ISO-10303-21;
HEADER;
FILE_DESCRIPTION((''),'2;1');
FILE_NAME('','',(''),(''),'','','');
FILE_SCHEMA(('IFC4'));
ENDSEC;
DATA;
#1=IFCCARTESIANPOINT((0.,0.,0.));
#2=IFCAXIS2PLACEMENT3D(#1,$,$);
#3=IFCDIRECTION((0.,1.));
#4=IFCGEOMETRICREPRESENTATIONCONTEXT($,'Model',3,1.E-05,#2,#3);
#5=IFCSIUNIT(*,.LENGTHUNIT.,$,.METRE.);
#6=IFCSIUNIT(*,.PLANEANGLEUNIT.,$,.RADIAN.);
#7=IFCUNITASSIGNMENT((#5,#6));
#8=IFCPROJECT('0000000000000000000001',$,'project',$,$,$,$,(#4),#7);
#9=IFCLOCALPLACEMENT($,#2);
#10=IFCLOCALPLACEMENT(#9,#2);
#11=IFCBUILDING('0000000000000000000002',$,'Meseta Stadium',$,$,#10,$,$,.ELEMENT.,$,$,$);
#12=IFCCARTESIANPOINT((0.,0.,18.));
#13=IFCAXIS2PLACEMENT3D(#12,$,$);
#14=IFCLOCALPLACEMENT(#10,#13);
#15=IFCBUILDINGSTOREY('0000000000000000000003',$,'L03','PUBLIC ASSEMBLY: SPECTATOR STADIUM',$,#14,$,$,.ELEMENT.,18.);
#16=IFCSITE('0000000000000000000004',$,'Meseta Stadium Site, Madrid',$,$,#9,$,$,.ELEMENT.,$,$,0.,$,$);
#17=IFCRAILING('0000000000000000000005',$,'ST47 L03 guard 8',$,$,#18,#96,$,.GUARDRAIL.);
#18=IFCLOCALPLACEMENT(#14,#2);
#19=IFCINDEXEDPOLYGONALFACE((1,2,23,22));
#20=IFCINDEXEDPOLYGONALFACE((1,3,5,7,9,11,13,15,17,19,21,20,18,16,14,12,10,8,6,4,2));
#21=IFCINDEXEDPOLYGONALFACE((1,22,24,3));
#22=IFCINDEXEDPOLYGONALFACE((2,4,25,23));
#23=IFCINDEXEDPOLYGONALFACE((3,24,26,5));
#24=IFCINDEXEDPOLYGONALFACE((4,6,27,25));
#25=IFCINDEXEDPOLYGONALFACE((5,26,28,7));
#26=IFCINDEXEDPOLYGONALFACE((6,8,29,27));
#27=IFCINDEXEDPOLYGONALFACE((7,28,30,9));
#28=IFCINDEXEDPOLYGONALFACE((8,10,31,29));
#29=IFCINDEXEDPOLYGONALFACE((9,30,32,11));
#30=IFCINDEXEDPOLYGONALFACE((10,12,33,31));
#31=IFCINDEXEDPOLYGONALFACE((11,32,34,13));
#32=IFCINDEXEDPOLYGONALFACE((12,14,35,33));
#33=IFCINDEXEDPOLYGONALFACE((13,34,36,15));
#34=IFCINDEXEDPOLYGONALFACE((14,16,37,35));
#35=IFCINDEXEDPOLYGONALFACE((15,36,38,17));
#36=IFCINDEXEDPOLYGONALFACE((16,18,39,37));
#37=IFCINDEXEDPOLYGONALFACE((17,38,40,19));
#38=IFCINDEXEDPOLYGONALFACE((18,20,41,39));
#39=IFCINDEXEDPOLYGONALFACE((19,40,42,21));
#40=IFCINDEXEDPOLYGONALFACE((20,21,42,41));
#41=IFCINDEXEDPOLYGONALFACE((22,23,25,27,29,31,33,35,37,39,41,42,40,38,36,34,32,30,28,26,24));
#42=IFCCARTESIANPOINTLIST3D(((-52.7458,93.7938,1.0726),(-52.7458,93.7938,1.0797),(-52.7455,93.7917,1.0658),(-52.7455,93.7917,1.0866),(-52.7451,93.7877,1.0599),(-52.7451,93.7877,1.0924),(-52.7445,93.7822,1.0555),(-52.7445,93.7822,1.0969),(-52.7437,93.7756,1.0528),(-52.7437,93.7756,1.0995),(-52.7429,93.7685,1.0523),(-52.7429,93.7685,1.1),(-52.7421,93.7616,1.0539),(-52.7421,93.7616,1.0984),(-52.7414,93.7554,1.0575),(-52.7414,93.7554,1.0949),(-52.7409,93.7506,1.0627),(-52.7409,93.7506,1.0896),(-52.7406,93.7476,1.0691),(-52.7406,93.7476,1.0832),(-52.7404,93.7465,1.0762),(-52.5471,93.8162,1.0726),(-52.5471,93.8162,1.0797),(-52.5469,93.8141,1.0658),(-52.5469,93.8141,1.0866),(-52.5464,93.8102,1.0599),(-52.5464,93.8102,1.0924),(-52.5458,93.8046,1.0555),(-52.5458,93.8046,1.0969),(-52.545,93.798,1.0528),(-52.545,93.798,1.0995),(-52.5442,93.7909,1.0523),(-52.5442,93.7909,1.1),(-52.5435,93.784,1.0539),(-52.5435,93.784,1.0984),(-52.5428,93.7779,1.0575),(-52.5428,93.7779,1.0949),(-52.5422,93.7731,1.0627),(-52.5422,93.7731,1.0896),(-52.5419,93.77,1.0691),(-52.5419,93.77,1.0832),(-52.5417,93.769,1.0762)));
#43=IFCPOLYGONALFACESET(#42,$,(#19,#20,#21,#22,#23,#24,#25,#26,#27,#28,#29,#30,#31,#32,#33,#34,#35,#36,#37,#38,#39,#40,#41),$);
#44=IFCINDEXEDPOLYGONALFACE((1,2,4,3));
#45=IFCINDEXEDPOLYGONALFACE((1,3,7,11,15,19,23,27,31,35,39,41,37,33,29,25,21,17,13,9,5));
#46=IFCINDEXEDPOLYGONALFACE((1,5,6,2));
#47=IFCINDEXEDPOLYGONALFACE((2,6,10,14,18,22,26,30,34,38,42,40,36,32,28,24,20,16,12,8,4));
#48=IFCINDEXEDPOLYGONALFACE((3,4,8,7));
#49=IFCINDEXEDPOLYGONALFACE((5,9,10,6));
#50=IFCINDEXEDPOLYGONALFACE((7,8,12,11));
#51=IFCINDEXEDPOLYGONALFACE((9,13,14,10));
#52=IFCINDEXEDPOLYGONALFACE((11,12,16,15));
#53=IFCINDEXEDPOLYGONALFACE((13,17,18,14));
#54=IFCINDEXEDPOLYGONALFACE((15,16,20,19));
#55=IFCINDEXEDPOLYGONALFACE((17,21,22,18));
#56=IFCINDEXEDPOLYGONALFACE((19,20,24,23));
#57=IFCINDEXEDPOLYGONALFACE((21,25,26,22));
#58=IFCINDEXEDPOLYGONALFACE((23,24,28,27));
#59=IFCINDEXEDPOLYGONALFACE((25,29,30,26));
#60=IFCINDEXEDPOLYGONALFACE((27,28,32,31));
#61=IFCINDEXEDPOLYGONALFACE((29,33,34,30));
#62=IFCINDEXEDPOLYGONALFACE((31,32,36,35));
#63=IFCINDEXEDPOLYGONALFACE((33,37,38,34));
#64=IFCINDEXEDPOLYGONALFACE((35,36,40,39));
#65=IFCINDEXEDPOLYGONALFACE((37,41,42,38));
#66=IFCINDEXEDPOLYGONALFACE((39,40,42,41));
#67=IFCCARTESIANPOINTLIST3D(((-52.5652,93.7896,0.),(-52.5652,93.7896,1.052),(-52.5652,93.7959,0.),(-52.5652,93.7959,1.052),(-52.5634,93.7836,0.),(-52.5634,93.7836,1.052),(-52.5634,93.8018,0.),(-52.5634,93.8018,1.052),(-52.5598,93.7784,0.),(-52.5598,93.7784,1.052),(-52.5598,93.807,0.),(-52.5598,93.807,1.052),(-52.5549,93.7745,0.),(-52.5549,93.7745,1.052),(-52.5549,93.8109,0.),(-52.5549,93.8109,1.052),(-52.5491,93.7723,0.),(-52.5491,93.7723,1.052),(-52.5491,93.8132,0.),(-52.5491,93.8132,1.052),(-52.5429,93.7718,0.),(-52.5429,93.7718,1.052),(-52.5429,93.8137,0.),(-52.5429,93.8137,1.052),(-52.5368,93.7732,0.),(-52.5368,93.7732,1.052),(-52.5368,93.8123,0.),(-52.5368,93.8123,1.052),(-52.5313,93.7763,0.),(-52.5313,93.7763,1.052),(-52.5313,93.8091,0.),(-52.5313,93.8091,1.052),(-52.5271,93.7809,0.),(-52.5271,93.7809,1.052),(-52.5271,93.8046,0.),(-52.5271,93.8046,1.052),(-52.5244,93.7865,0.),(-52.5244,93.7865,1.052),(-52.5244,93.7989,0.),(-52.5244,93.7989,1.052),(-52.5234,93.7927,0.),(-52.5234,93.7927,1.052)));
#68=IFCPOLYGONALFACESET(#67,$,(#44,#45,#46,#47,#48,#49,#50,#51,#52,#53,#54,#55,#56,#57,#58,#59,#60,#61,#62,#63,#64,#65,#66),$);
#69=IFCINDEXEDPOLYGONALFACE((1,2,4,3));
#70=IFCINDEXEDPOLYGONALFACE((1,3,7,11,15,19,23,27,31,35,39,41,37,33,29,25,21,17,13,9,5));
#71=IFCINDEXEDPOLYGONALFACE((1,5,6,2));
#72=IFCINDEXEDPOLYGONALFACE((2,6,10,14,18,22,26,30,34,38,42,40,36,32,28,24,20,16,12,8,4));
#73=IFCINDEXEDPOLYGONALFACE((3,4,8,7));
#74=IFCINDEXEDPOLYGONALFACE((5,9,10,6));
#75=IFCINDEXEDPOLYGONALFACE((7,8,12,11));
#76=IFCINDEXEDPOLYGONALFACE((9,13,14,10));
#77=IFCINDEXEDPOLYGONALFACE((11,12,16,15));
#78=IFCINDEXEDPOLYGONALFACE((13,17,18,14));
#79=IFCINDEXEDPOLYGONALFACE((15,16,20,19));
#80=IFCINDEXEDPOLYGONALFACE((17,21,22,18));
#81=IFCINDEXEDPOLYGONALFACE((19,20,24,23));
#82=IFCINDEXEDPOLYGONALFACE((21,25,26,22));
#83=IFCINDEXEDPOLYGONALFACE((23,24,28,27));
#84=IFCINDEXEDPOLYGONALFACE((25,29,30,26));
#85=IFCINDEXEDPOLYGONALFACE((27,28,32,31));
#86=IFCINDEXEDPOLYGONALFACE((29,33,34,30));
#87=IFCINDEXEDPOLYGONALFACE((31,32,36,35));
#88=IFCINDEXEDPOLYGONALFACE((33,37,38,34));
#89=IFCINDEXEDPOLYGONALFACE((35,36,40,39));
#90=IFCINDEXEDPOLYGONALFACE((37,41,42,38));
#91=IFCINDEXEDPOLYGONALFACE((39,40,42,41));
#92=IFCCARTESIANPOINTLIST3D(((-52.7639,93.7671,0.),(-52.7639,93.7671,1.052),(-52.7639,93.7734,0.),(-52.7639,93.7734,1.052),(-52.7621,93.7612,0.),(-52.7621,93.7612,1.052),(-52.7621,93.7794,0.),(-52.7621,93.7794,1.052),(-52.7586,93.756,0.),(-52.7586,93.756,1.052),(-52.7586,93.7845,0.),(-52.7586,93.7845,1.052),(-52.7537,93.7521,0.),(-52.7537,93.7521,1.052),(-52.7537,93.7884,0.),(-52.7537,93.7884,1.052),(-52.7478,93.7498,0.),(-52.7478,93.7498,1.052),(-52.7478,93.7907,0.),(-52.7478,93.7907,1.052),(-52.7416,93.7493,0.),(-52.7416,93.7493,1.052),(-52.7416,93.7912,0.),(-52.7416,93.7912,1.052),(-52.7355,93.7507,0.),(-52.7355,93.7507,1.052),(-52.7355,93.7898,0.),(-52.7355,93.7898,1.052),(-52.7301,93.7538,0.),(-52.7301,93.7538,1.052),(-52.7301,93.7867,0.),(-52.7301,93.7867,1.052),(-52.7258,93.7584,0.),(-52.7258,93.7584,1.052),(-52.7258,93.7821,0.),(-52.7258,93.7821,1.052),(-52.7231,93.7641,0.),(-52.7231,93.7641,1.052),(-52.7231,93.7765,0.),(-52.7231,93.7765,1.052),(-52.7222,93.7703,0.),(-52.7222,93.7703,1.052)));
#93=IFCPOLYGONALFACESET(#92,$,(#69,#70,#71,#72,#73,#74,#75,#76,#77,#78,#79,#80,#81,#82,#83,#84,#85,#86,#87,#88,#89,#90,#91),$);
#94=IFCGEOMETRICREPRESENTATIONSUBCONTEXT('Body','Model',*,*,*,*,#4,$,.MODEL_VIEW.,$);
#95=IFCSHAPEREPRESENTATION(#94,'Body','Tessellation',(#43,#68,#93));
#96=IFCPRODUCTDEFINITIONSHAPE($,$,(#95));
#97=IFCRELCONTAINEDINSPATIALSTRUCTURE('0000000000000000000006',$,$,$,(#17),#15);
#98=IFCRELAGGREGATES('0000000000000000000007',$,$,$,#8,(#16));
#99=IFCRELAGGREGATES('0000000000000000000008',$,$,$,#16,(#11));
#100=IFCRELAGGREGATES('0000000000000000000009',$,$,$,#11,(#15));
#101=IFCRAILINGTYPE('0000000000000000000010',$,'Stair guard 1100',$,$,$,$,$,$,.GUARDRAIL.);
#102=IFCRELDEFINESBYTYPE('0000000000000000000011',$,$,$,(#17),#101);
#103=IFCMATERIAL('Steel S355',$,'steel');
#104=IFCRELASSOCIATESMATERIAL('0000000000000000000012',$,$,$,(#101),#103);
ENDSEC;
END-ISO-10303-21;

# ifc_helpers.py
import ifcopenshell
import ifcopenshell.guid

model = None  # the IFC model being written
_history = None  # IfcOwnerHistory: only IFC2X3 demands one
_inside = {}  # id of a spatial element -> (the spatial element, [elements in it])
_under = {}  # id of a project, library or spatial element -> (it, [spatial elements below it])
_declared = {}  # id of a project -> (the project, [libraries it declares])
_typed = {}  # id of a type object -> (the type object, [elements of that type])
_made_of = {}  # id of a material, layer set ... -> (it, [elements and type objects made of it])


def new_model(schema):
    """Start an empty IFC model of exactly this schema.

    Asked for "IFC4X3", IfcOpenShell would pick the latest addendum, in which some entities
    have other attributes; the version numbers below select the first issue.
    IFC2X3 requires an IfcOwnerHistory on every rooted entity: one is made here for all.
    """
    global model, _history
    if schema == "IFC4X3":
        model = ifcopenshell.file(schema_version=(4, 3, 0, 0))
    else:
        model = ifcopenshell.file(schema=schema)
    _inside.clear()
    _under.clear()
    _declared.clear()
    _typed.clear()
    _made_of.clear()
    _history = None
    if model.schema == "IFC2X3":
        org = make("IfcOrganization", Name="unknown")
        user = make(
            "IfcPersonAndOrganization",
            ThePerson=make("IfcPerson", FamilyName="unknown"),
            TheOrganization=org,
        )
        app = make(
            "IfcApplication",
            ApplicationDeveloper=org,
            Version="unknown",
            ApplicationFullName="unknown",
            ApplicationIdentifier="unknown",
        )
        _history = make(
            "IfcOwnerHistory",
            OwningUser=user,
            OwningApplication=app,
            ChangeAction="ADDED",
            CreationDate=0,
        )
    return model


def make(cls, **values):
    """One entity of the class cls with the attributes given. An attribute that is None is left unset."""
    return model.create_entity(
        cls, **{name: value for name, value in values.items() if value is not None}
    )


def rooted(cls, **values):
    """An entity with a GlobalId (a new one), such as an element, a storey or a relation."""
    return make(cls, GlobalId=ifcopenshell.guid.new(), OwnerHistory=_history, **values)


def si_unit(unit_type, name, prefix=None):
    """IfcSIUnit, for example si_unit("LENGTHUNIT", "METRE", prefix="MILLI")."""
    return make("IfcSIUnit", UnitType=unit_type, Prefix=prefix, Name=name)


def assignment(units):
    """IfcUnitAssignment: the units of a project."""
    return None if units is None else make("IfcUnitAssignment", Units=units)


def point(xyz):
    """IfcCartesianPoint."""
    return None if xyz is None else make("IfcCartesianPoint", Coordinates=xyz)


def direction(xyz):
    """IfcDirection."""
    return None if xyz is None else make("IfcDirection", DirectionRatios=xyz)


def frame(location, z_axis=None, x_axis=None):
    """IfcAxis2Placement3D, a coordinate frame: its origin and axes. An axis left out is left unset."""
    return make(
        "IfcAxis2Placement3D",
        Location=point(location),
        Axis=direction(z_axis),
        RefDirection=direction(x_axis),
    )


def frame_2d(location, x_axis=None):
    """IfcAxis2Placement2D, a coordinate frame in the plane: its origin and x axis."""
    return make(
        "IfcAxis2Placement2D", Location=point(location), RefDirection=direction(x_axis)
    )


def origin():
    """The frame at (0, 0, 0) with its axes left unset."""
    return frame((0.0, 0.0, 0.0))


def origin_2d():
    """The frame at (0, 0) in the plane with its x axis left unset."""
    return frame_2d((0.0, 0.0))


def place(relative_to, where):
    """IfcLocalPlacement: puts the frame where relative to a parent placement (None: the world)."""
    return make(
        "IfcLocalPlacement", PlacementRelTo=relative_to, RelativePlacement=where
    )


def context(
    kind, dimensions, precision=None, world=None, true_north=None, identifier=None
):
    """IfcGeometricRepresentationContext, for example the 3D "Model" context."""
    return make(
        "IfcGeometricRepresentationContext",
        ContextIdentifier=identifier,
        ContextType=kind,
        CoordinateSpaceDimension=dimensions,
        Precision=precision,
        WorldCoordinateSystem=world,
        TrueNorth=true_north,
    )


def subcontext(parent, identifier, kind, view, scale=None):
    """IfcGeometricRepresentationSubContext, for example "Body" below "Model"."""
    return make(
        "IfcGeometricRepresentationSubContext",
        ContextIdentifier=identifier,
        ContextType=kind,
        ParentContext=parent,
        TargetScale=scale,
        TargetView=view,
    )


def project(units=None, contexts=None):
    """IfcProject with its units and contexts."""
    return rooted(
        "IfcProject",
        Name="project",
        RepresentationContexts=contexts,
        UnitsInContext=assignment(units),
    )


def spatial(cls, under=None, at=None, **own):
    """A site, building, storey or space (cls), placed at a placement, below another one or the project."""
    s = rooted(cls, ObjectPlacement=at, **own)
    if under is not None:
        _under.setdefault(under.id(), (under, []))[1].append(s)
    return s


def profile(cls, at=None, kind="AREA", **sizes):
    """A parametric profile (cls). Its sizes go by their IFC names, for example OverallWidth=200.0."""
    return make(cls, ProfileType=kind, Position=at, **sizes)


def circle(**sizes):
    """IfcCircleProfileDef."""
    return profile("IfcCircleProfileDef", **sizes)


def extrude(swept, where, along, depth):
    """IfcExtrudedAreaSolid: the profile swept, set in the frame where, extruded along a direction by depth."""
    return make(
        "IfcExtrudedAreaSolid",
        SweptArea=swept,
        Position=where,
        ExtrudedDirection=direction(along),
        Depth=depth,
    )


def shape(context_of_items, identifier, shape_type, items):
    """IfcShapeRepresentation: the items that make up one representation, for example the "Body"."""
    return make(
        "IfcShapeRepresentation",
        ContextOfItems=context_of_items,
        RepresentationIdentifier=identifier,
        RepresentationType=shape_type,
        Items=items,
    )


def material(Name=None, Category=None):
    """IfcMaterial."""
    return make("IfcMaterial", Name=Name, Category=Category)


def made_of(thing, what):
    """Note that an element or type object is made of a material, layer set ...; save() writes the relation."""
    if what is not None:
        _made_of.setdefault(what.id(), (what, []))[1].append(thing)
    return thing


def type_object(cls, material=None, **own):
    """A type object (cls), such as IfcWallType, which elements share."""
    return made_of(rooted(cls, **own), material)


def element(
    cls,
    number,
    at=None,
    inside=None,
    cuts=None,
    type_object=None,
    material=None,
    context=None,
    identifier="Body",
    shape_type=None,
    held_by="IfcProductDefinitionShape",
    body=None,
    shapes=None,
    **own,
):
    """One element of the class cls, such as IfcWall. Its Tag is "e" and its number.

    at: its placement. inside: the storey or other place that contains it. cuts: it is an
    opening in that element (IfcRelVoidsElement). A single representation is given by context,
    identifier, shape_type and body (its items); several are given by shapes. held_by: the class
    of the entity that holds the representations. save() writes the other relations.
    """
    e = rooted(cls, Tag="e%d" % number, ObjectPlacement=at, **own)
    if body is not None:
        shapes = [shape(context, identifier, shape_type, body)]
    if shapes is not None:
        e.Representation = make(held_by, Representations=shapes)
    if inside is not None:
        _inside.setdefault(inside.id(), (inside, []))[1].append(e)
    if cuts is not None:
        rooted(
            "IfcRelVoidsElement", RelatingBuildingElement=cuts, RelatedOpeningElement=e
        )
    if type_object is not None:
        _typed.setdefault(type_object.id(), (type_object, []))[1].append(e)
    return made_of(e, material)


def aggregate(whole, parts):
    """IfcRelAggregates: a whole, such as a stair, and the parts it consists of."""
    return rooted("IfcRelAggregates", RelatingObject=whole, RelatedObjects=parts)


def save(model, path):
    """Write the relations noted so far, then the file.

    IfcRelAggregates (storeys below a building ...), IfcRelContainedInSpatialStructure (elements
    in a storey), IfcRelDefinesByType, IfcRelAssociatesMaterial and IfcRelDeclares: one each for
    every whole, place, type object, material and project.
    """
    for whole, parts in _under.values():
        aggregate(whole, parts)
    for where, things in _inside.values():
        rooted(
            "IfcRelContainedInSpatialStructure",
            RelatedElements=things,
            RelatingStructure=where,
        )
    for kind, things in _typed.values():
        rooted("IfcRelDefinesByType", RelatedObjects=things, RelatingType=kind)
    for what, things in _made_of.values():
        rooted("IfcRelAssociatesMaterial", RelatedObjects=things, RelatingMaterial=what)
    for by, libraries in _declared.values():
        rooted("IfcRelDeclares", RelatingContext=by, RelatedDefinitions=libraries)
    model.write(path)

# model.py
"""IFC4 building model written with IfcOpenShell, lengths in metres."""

from ifc_helpers import new_model, si_unit, direction, frame, origin, origin_2d, place, context, subcontext, project, spatial, circle, extrude, material, type_object, element, save


model = new_model("IFC4")

# Units and contexts
model_context = context("Model", 3, precision=1e-05, world=origin(), true_north=direction((0.0, 1.0)))
body_context = subcontext(model_context, "Body", "Model", "MODEL_VIEW")
ifc_project = project(units=[si_unit("LENGTHUNIT", "METRE"), si_unit("PLANEANGLEUNIT", "RADIAN")], contexts=[model_context])

# Site, building, storey
site_placement = place(None, origin())
site = spatial("IfcSite", under=ifc_project, at=site_placement, Name="Meseta Stadium Site, Madrid", CompositionType="ELEMENT", RefElevation=0.0)
building_placement = place(site_placement, origin())
building = spatial("IfcBuilding", under=site, at=building_placement, Name="Meseta Stadium", CompositionType="ELEMENT")
storey_placement = place(building_placement, frame((0.0, 0.0, 18.0)))
storey = spatial("IfcBuildingStorey", under=building, at=storey_placement, Name="L03", Description="PUBLIC ASSEMBLY: SPECTATOR STADIUM", CompositionType="ELEMENT", Elevation=18.0)

# Railing
ifc_material_1 = material(Name="Steel S355", Category="steel")
railing_type_1 = type_object("IfcRailingType", Name="Stair guard 1100", PredefinedType="GUARDRAIL", material=ifc_material_1)
railing_1_placement = place(storey_placement, frame((-52.5444, 93.7927, 0.0)))
element("IfcRailing", 1, at=railing_1_placement, inside=storey, type_object=railing_type_1, Name="ST47 L03 guard 8", PredefinedType="GUARDRAIL", context=body_context, shape_type="SweptSolid", body=[
    extrude(circle(Radius=0.0239, at=origin_2d()), frame((0.0, 0.0, 1.0762), z_axis=(-0.993674, -0.112307, 0.0), x_axis=(0.112307, -0.993674, 0.0)), (0.0, 0.0, 1.0), 0.2),
    extrude(circle(Radius=0.021, at=origin_2d()), origin(), (0.0, 0.0, 1.0), 1.052),
    extrude(circle(Radius=0.021, at=origin_2d()), frame((-0.1987, -0.0225, 0.0)), (0.0, 0.0, 1.0), 1.052),
])

save(model, "model.ifc")
